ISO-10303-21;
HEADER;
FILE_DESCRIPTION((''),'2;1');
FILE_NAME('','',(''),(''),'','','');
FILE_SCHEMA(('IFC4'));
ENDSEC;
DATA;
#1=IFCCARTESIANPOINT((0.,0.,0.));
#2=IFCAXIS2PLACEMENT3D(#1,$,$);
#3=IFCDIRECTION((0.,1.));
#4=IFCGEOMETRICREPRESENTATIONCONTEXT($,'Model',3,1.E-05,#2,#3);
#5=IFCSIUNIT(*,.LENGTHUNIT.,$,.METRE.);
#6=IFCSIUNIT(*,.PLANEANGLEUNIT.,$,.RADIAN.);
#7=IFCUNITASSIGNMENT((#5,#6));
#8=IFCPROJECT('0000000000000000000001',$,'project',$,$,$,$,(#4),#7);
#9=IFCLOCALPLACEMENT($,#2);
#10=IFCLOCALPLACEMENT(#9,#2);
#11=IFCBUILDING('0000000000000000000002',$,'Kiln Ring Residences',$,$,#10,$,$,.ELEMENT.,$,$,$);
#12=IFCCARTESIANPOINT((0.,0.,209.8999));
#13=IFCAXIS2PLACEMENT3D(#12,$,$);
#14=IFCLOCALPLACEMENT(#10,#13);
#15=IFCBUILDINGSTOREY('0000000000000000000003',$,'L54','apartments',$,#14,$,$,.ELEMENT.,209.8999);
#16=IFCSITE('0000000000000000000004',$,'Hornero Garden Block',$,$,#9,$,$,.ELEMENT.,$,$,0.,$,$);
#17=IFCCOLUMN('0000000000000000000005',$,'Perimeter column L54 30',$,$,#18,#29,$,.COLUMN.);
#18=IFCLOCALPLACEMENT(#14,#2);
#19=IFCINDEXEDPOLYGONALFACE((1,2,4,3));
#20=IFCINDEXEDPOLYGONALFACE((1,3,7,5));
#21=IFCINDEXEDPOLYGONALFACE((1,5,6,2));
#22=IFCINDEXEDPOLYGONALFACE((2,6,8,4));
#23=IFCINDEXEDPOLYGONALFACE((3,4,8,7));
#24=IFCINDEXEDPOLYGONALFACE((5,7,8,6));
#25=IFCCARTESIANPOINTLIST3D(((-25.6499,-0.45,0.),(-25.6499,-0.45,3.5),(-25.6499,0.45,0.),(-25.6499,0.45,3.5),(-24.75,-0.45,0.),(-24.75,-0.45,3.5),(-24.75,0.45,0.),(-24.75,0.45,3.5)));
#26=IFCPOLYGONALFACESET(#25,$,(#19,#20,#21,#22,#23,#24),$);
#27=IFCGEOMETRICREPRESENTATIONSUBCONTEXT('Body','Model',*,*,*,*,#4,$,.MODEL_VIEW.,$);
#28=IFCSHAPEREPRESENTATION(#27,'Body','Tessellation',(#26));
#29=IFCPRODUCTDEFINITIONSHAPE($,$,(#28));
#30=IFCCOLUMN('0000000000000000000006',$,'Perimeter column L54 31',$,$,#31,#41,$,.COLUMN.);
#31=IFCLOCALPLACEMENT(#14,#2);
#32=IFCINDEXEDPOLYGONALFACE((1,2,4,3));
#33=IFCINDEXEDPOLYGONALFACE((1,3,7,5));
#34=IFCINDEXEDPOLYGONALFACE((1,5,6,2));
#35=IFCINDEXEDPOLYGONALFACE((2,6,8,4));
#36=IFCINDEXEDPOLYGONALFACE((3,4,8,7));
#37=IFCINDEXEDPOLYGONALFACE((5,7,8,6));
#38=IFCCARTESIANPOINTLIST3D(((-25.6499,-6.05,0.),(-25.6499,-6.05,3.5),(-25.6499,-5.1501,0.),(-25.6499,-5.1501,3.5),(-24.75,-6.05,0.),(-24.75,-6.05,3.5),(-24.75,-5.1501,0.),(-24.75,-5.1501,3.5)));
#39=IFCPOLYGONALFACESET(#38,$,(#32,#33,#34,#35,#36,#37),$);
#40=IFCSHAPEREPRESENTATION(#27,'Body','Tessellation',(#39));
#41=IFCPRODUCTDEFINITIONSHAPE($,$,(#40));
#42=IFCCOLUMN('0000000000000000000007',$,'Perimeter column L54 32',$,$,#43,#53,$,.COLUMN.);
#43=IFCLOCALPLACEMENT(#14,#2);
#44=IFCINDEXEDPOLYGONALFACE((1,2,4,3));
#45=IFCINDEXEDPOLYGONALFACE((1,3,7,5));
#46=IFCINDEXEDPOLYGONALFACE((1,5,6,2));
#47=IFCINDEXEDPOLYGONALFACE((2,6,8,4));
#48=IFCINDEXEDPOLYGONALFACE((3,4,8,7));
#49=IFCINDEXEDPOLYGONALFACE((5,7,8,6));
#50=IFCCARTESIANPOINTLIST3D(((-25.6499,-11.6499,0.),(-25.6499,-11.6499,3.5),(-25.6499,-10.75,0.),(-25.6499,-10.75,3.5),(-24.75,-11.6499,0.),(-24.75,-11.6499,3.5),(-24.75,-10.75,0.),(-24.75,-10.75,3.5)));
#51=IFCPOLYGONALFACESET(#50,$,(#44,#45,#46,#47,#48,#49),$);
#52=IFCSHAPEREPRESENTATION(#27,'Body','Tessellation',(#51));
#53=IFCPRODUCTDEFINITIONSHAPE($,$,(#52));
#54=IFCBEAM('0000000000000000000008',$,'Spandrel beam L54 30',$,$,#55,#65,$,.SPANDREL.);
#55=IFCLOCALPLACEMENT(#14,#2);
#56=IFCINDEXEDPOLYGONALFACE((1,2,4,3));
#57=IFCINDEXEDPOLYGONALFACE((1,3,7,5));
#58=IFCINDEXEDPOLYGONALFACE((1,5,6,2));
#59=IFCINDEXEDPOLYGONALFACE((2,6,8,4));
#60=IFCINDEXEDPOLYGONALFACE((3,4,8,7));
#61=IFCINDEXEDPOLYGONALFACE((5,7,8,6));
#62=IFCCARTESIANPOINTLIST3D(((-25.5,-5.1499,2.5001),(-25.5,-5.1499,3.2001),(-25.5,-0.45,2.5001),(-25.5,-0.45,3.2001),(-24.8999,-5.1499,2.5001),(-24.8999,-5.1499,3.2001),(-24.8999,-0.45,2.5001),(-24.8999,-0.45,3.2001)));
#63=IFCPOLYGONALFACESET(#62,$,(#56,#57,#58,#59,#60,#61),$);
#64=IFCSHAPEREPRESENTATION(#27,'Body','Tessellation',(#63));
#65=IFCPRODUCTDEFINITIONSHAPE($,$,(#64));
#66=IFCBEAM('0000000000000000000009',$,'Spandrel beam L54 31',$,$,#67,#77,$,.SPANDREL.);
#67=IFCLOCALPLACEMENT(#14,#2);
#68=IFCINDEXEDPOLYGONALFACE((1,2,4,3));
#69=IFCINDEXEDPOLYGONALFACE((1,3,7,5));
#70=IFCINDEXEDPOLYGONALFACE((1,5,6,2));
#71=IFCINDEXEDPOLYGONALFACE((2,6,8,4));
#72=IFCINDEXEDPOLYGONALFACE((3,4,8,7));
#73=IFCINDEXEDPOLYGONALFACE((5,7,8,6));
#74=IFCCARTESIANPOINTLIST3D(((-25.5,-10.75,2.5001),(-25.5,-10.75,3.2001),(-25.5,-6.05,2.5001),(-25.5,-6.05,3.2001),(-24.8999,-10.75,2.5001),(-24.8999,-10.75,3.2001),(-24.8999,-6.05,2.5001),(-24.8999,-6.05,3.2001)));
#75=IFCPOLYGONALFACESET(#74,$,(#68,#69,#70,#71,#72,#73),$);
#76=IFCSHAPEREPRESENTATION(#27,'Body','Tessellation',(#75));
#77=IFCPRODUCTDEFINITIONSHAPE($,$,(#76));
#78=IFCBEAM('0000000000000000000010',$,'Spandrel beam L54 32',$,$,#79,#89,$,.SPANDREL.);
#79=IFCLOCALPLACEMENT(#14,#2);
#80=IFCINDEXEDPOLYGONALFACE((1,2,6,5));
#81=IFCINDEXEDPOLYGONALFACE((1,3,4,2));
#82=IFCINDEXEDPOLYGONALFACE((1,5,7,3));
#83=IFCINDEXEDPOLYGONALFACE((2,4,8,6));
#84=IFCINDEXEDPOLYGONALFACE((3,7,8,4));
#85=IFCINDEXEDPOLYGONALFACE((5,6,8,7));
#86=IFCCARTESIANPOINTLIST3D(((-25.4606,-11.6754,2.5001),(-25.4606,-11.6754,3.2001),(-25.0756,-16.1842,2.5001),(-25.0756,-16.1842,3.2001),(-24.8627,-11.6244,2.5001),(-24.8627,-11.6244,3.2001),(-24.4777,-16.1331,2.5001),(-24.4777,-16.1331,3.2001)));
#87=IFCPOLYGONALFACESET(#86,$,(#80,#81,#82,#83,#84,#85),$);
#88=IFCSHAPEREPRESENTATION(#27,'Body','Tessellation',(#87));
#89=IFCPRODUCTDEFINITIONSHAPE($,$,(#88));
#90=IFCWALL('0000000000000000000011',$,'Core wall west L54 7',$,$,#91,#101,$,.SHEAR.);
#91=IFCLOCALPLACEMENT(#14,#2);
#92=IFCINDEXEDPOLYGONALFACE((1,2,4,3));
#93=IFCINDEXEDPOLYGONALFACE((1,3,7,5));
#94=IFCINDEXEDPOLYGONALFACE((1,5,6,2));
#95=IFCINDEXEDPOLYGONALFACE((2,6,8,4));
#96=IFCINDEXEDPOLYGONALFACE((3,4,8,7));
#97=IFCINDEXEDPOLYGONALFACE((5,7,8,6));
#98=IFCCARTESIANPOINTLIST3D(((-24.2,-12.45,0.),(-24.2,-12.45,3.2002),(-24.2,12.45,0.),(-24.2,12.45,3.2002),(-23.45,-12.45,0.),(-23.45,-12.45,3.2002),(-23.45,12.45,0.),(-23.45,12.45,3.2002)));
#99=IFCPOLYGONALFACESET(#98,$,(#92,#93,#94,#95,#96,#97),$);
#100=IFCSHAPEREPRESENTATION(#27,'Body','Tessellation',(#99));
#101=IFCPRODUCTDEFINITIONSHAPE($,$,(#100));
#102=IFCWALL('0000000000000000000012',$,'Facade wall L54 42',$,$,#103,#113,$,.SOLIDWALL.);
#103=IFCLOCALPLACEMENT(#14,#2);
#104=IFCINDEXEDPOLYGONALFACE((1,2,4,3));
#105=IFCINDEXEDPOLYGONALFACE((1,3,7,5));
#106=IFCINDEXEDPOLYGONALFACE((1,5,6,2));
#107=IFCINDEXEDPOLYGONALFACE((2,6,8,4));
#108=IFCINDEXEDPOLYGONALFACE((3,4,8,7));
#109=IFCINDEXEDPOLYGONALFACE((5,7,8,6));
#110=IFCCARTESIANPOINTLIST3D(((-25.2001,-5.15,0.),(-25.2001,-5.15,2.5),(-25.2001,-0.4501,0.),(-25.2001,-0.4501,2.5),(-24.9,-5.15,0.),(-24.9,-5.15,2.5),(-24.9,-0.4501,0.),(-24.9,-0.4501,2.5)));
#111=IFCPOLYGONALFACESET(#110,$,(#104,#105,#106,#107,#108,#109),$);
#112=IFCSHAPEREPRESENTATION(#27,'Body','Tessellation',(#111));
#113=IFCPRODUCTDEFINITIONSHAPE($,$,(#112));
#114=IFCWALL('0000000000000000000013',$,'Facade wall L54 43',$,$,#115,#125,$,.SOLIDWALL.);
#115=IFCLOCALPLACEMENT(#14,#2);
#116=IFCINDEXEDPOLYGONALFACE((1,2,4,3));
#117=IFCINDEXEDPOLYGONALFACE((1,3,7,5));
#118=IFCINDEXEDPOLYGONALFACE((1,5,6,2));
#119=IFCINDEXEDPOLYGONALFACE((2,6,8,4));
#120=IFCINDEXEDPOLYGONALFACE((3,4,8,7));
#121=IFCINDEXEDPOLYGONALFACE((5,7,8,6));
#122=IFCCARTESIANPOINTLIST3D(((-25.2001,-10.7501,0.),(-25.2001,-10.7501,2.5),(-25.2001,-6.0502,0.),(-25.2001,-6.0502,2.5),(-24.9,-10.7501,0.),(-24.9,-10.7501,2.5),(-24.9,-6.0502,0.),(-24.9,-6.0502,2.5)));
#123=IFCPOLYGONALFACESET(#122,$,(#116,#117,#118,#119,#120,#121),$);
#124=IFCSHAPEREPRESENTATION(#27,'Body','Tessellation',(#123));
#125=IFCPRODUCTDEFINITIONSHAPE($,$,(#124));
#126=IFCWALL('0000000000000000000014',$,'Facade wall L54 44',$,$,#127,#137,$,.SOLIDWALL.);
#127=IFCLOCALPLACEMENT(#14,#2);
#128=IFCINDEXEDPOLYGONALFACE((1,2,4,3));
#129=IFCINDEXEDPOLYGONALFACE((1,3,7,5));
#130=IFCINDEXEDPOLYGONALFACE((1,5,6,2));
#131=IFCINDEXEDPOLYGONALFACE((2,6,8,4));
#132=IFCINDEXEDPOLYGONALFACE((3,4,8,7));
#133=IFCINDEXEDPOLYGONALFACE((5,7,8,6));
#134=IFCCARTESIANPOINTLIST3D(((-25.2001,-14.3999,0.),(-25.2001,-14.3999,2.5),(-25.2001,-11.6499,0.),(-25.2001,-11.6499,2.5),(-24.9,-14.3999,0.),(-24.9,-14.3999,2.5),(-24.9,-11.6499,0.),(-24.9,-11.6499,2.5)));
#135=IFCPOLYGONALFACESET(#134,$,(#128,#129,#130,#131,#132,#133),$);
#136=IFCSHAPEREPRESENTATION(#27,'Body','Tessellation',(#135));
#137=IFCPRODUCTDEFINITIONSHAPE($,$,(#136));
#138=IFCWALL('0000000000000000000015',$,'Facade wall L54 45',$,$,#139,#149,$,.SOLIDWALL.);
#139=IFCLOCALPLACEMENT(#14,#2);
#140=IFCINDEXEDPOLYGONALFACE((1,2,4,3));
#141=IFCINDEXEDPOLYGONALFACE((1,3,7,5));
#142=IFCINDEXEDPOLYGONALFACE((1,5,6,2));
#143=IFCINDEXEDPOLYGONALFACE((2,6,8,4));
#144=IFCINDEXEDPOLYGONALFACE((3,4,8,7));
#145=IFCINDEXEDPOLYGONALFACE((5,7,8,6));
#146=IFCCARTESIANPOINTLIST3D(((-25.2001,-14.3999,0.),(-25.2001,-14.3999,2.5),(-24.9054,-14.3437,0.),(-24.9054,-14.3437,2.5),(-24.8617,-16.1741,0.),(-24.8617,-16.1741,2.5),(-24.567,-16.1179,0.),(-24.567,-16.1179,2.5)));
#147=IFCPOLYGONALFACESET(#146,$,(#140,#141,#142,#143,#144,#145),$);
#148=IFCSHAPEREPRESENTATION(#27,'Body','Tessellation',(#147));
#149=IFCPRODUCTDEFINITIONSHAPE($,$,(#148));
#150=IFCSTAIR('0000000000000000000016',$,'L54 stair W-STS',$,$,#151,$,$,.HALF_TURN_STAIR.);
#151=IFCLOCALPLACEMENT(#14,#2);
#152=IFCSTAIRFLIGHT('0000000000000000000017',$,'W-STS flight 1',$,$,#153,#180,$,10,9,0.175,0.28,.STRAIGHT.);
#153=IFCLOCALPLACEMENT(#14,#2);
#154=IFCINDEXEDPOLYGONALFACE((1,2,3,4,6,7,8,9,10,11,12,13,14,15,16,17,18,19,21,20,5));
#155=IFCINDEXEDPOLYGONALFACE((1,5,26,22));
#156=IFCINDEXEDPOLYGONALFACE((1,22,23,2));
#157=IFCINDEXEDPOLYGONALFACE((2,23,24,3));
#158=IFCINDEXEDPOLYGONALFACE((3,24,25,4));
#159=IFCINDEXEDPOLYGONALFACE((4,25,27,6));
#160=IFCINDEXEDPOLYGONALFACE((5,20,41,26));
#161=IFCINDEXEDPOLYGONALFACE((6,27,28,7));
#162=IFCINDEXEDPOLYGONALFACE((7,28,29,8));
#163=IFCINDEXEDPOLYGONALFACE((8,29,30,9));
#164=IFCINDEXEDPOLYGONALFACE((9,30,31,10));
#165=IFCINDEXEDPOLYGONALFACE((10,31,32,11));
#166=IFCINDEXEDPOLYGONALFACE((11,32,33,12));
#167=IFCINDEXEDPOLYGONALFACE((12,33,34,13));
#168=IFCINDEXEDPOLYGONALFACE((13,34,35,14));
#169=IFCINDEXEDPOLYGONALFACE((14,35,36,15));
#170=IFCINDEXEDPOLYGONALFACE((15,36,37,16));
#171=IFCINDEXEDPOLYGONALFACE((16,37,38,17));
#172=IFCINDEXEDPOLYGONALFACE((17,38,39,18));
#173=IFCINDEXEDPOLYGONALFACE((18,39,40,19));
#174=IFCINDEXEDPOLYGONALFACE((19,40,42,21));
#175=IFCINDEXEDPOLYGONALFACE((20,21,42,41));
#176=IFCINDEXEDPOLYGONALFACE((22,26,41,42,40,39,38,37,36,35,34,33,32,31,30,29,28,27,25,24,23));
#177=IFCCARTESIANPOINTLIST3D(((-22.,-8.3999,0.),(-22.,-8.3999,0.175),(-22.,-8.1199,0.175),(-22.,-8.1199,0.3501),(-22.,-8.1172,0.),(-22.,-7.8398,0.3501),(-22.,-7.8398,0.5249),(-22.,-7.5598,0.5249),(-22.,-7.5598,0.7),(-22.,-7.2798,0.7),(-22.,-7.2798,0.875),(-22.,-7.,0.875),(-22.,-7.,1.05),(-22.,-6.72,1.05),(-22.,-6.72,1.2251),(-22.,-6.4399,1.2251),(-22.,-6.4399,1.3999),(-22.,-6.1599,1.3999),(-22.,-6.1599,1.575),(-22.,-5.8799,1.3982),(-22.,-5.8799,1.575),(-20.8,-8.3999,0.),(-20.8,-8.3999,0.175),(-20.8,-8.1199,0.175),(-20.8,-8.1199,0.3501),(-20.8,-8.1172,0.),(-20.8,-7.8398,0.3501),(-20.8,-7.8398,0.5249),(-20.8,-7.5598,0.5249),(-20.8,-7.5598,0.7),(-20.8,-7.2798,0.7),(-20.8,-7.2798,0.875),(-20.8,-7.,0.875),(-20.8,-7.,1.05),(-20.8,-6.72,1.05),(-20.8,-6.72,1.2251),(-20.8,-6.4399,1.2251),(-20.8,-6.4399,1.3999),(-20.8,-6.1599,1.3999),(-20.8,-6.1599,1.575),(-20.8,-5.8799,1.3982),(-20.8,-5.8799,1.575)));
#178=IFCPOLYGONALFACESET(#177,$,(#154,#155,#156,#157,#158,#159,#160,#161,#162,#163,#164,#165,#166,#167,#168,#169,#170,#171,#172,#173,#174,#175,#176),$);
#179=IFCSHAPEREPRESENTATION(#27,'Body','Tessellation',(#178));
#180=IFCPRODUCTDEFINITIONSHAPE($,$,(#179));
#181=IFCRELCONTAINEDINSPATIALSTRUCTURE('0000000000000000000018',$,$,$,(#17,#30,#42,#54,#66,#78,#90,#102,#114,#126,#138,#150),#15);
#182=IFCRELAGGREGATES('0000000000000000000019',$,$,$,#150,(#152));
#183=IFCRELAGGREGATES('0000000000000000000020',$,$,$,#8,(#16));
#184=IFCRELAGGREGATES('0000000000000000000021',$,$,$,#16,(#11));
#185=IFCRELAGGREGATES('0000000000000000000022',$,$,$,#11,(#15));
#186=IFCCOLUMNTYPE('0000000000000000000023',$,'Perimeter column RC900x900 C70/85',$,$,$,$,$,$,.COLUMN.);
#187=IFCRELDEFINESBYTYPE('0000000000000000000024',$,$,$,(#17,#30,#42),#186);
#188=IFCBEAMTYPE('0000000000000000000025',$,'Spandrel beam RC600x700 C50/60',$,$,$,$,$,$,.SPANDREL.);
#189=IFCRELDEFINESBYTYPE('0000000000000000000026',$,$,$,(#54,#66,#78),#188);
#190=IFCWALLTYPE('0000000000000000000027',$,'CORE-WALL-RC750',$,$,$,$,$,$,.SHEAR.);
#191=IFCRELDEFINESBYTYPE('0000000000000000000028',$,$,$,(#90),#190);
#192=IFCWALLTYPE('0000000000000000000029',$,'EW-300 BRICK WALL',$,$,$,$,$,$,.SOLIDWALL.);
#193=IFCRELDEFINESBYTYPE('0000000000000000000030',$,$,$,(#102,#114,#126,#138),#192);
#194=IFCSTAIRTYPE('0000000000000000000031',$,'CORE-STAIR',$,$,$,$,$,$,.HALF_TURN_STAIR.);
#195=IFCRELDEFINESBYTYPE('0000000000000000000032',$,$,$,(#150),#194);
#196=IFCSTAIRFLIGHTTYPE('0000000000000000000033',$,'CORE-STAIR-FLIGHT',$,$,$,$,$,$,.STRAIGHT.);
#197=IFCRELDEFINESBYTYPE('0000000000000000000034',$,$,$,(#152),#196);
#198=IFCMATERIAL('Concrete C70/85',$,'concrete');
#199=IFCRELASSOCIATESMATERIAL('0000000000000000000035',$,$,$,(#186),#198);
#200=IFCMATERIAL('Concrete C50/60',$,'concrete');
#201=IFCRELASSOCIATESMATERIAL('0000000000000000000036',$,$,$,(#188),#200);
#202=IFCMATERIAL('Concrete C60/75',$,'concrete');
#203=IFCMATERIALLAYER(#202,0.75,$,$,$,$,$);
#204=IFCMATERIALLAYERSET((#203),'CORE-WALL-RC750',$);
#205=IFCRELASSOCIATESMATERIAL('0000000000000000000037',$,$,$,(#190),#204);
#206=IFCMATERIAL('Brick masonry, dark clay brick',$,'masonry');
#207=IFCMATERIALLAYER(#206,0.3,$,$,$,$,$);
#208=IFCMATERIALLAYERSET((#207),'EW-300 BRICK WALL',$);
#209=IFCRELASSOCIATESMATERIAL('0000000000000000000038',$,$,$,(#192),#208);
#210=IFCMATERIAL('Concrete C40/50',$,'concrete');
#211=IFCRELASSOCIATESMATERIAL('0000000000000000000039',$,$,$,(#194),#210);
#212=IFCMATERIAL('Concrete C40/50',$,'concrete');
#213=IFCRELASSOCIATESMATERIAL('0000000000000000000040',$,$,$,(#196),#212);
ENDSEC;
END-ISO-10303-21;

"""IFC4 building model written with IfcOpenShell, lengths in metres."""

from ifc_helpers import new_model, si_unit, direction, frame, frame_2d, origin, origin_2d, place, context, subcontext, project, spatial, polyline, rectangle, outline, extrude, material, layer, layer_set, material_profile, profile_set, type_object, element, aggregate, save


model = new_model("IFC4")

# Units and contexts
model_context = context("Model", 3, precision=1e-05, world=origin(), true_north=direction((0.0, 1.0)))
body_context = subcontext(model_context, "Body", "Model", "MODEL_VIEW")
ifc_project = project(units=[si_unit("LENGTHUNIT", "METRE"), si_unit("PLANEANGLEUNIT", "RADIAN")], contexts=[model_context])

# Site, building, storey
site_placement = place(None, origin())
site = spatial("IfcSite", under=ifc_project, at=site_placement, Name="Hornero Garden Block", CompositionType="ELEMENT", RefElevation=0.0)
building_placement = place(site_placement, origin())
building = spatial("IfcBuilding", under=site, at=building_placement, Name="Kiln Ring Residences", CompositionType="ELEMENT")
storey_placement = place(building_placement, frame((0.0, 0.0, 209.8999)))
storey = spatial("IfcBuildingStorey", under=building, at=storey_placement, Name="L54", Description="apartments", CompositionType="ELEMENT", Elevation=209.8999)

# Columns
ifc_material_1 = material(Name="Concrete C70/85", Category="concrete")
ifc_material_profile_1 = material_profile(ifc_material_1, rectangle(XDim=0.8999, YDim=0.8999, at=origin_2d()), Name="RC900x900")
ifc_profile_set_1 = profile_set([ifc_material_profile_1], Name="Concrete C70/85")
column_type = type_object("IfcColumnType", Name="Perimeter column RC900x900 C70/85", PredefinedType="COLUMN", material=ifc_profile_set_1)
for number, where, z_axis, x_axis, name in (
    (1, (-25.2, 0.0, 0.0), (0.0, 0.0, 1.0), (1.0, 0.0, 0.0), "Perimeter column L54 30"),
    (2, (-25.2, -5.6001, 0.0), (0.0, 0.0, 1.0), (1.0, 0.0, 0.0), "Perimeter column L54 31"),
    (3, (-25.2, -11.2, 0.0), (0.0, 0.0, 1.0), (1.0, 0.0, 0.0), "Perimeter column L54 32"),
):
    element("IfcColumn", number, at=place(storey_placement, frame(where, z_axis=z_axis, x_axis=x_axis)), inside=storey, type_object=column_type, Name=name, PredefinedType="COLUMN", context=body_context, shape_type="SweptSolid", body=[
        extrude(rectangle(XDim=0.8999, YDim=0.8999, at=origin_2d()), origin(), (0.0, 0.0, 1.0), 3.5),
    ])

# Beams
ifc_material_2 = material(Name="Concrete C50/60", Category="concrete")
ifc_material_profile_2 = material_profile(ifc_material_2, rectangle(XDim=0.6001, YDim=0.7, at=origin_2d()), Name="RC600x700")
ifc_profile_set_2 = profile_set([ifc_material_profile_2], Name="Concrete C50/60")
beam_type = type_object("IfcBeamType", Name="Spandrel beam RC600x700 C50/60", PredefinedType="SPANDREL", material=ifc_profile_set_2)
for number, where, z_axis, x_axis, name in (
    (4, (-25.2, -0.45, 2.8501), (0.0, -1.0, 0.0), (1.0, 0.0, 0.0), "Spandrel beam L54 30"),
    (5, (-25.2, -6.05, 2.8501), (0.0, -1.0, 0.0), (1.0, 0.0, 0.0), "Spandrel beam L54 31"),
):
    element("IfcBeam", number, at=place(storey_placement, frame(where, z_axis=z_axis, x_axis=x_axis)), inside=storey, type_object=beam_type, Name=name, PredefinedType="SPANDREL", context=body_context, shape_type="SweptSolid", body=[
        extrude(rectangle(XDim=0.6001, YDim=0.7, at=origin_2d()), origin(), (0.0, 0.0, 1.0), 4.7),
    ])
beam_placement = place(storey_placement, frame((-25.1616, -11.6499, 2.8501), z_axis=(0.085081, -0.996374, 0.0), x_axis=(0.996374, 0.085081, 0.0)))
element("IfcBeam", 6, at=beam_placement, inside=storey, type_object=beam_type, Name="Spandrel beam L54 32", PredefinedType="SPANDREL", context=body_context, shape_type="SweptSolid", body=[
    extrude(rectangle(XDim=0.6001, YDim=0.7, at=origin_2d()), origin(), (0.0, 0.0, 1.0), 4.5251),
])

# Walls
ifc_material_3 = material(Name="Concrete C60/75", Category="concrete")
ifc_layer_1 = layer(ifc_material_3, 0.75)
ifc_layer_set_1 = layer_set([ifc_layer_1], Name="CORE-WALL-RC750")
wall_type_1 = type_object("IfcWallType", Name="CORE-WALL-RC750", PredefinedType="SHEAR", material=ifc_layer_set_1)
wall_1_placement = place(storey_placement, frame((-23.825, -12.45, 0.0), z_axis=(0.0, 0.0, 1.0), x_axis=(0.0, 1.0, 0.0)))
element("IfcWall", 7, at=wall_1_placement, inside=storey, type_object=wall_type_1, Name="Core wall west L54 7", PredefinedType="SHEAR", context=body_context, shape_type="SweptSolid", body=[
    extrude(rectangle(XDim=24.8999, YDim=0.75, at=frame_2d((12.45, 0.0))), origin(), (0.0, 0.0, 1.0), 3.2002),
])
ifc_material_4 = material(Name="Brick masonry, dark clay brick", Category="masonry")
ifc_layer_2 = layer(ifc_material_4, 0.3)
ifc_layer_set_2 = layer_set([ifc_layer_2], Name="EW-300 BRICK WALL")
wall_type_2 = type_object("IfcWallType", Name="EW-300 BRICK WALL", PredefinedType="SOLIDWALL", material=ifc_layer_set_2)
for number, where, z_axis, x_axis, name in (
    (8, (-25.05, -0.45, 0.0), (0.0, 0.0, 1.0), (0.0, -1.0, 0.0), "Facade wall L54 42"),
    (9, (-25.05, -6.05, 0.0), (0.0, 0.0, 1.0), (0.0, -1.0, 0.0), "Facade wall L54 43"),
):
    element("IfcWall", number, at=place(storey_placement, frame(where, z_axis=z_axis, x_axis=x_axis)), inside=storey, type_object=wall_type_2, Name=name, PredefinedType="SOLIDWALL", context=body_context, shape_type="SweptSolid", body=[
        extrude(rectangle(XDim=4.7, YDim=0.3, at=frame_2d((2.3501, 0.0))), origin(), (0.0, 0.0, 1.0), 2.5),
    ])
wall_2_placement = place(storey_placement, frame((-25.05, -11.6499, 0.0), z_axis=(0.0, 0.0, 1.0), x_axis=(0.0, -1.0, 0.0)))
element("IfcWall", 10, at=wall_2_placement, inside=storey, type_object=wall_type_2, Name="Facade wall L54 44", PredefinedType="SOLIDWALL", context=body_context, shape_type="SweptSolid", body=[
    extrude(rectangle(XDim=2.75, YDim=0.3, at=frame_2d((1.375, 0.0))), origin(), (0.0, 0.0, 1.0), 2.5),
])
wall_3_placement = place(storey_placement, frame((-25.0527, -14.3718, 0.0), z_axis=(0.0, 0.0, 1.0), x_axis=(0.187348, -0.982294, 0.0)))
element("IfcWall", 11, at=wall_3_placement, inside=storey, type_object=wall_type_2, Name="Facade wall L54 45", PredefinedType="SOLIDWALL", context=body_context, shape_type="SweptSolid", body=[
    extrude(rectangle(XDim=1.8062, YDim=0.3, at=frame_2d((0.9031, 0.0))), origin(), (0.0, 0.0, 1.0), 2.5),
])

# Stair, stair flight
ifc_material_5 = material(Name="Concrete C40/50", Category="concrete")
stair_type = type_object("IfcStairType", Name="CORE-STAIR", PredefinedType="HALF_TURN_STAIR", material=ifc_material_5)
stair_placement = place(storey_placement, origin())
stair = element("IfcStair", 12, at=stair_placement, inside=storey, type_object=stair_type, Name="L54 stair W-STS", PredefinedType="HALF_TURN_STAIR")
ifc_material_6 = material(Name="Concrete C40/50", Category="concrete")
stair_flight_type = type_object("IfcStairFlightType", Name="CORE-STAIR-FLIGHT", PredefinedType="STRAIGHT", material=ifc_material_6)
stair_flight_1_placement = place(storey_placement, frame((-21.3999, -8.3999, 0.0), z_axis=(0.0, 0.0, 1.0), x_axis=(0.0, 1.0, 0.0)))
stair_flight_1 = element("IfcStairFlight", 13, at=stair_flight_1_placement, type_object=stair_flight_type, Name="W-STS flight 1", NumberOfRisers=10, NumberOfTreads=9, PredefinedType="STRAIGHT", RiserHeight=0.175, TreadLength=0.28, context=body_context, shape_type="SweptSolid", body=[
    extrude(outline(polyline([(0.0, 0.0), (0.0, 0.175), (0.28, 0.175), (0.28, 0.3501), (0.5601, 0.3501), (0.5601, 0.5249), (0.8401, 0.5249), (0.8401, 0.7), (1.1201, 0.7), (1.1201, 0.875), (1.3999, 0.875), (1.3999, 1.05), (1.6799, 1.05), (1.6799, 1.2251), (1.96, 1.2251), (1.96, 1.3999), (2.24, 1.3999), (2.24, 1.575), (2.52, 1.575), (2.52, 1.75), (2.52, 1.3982), (0.2827, 0.0), (0.0, 0.0)])), frame((0.0, 0.6001, 0.0), z_axis=(0.0, -1.0, 0.0), x_axis=(1.0, 0.0, 0.0)), (0.0, 0.0, 1.0), 1.2),
])
aggregate(stair, [stair_flight_1])

save(model, "model.ifc")
